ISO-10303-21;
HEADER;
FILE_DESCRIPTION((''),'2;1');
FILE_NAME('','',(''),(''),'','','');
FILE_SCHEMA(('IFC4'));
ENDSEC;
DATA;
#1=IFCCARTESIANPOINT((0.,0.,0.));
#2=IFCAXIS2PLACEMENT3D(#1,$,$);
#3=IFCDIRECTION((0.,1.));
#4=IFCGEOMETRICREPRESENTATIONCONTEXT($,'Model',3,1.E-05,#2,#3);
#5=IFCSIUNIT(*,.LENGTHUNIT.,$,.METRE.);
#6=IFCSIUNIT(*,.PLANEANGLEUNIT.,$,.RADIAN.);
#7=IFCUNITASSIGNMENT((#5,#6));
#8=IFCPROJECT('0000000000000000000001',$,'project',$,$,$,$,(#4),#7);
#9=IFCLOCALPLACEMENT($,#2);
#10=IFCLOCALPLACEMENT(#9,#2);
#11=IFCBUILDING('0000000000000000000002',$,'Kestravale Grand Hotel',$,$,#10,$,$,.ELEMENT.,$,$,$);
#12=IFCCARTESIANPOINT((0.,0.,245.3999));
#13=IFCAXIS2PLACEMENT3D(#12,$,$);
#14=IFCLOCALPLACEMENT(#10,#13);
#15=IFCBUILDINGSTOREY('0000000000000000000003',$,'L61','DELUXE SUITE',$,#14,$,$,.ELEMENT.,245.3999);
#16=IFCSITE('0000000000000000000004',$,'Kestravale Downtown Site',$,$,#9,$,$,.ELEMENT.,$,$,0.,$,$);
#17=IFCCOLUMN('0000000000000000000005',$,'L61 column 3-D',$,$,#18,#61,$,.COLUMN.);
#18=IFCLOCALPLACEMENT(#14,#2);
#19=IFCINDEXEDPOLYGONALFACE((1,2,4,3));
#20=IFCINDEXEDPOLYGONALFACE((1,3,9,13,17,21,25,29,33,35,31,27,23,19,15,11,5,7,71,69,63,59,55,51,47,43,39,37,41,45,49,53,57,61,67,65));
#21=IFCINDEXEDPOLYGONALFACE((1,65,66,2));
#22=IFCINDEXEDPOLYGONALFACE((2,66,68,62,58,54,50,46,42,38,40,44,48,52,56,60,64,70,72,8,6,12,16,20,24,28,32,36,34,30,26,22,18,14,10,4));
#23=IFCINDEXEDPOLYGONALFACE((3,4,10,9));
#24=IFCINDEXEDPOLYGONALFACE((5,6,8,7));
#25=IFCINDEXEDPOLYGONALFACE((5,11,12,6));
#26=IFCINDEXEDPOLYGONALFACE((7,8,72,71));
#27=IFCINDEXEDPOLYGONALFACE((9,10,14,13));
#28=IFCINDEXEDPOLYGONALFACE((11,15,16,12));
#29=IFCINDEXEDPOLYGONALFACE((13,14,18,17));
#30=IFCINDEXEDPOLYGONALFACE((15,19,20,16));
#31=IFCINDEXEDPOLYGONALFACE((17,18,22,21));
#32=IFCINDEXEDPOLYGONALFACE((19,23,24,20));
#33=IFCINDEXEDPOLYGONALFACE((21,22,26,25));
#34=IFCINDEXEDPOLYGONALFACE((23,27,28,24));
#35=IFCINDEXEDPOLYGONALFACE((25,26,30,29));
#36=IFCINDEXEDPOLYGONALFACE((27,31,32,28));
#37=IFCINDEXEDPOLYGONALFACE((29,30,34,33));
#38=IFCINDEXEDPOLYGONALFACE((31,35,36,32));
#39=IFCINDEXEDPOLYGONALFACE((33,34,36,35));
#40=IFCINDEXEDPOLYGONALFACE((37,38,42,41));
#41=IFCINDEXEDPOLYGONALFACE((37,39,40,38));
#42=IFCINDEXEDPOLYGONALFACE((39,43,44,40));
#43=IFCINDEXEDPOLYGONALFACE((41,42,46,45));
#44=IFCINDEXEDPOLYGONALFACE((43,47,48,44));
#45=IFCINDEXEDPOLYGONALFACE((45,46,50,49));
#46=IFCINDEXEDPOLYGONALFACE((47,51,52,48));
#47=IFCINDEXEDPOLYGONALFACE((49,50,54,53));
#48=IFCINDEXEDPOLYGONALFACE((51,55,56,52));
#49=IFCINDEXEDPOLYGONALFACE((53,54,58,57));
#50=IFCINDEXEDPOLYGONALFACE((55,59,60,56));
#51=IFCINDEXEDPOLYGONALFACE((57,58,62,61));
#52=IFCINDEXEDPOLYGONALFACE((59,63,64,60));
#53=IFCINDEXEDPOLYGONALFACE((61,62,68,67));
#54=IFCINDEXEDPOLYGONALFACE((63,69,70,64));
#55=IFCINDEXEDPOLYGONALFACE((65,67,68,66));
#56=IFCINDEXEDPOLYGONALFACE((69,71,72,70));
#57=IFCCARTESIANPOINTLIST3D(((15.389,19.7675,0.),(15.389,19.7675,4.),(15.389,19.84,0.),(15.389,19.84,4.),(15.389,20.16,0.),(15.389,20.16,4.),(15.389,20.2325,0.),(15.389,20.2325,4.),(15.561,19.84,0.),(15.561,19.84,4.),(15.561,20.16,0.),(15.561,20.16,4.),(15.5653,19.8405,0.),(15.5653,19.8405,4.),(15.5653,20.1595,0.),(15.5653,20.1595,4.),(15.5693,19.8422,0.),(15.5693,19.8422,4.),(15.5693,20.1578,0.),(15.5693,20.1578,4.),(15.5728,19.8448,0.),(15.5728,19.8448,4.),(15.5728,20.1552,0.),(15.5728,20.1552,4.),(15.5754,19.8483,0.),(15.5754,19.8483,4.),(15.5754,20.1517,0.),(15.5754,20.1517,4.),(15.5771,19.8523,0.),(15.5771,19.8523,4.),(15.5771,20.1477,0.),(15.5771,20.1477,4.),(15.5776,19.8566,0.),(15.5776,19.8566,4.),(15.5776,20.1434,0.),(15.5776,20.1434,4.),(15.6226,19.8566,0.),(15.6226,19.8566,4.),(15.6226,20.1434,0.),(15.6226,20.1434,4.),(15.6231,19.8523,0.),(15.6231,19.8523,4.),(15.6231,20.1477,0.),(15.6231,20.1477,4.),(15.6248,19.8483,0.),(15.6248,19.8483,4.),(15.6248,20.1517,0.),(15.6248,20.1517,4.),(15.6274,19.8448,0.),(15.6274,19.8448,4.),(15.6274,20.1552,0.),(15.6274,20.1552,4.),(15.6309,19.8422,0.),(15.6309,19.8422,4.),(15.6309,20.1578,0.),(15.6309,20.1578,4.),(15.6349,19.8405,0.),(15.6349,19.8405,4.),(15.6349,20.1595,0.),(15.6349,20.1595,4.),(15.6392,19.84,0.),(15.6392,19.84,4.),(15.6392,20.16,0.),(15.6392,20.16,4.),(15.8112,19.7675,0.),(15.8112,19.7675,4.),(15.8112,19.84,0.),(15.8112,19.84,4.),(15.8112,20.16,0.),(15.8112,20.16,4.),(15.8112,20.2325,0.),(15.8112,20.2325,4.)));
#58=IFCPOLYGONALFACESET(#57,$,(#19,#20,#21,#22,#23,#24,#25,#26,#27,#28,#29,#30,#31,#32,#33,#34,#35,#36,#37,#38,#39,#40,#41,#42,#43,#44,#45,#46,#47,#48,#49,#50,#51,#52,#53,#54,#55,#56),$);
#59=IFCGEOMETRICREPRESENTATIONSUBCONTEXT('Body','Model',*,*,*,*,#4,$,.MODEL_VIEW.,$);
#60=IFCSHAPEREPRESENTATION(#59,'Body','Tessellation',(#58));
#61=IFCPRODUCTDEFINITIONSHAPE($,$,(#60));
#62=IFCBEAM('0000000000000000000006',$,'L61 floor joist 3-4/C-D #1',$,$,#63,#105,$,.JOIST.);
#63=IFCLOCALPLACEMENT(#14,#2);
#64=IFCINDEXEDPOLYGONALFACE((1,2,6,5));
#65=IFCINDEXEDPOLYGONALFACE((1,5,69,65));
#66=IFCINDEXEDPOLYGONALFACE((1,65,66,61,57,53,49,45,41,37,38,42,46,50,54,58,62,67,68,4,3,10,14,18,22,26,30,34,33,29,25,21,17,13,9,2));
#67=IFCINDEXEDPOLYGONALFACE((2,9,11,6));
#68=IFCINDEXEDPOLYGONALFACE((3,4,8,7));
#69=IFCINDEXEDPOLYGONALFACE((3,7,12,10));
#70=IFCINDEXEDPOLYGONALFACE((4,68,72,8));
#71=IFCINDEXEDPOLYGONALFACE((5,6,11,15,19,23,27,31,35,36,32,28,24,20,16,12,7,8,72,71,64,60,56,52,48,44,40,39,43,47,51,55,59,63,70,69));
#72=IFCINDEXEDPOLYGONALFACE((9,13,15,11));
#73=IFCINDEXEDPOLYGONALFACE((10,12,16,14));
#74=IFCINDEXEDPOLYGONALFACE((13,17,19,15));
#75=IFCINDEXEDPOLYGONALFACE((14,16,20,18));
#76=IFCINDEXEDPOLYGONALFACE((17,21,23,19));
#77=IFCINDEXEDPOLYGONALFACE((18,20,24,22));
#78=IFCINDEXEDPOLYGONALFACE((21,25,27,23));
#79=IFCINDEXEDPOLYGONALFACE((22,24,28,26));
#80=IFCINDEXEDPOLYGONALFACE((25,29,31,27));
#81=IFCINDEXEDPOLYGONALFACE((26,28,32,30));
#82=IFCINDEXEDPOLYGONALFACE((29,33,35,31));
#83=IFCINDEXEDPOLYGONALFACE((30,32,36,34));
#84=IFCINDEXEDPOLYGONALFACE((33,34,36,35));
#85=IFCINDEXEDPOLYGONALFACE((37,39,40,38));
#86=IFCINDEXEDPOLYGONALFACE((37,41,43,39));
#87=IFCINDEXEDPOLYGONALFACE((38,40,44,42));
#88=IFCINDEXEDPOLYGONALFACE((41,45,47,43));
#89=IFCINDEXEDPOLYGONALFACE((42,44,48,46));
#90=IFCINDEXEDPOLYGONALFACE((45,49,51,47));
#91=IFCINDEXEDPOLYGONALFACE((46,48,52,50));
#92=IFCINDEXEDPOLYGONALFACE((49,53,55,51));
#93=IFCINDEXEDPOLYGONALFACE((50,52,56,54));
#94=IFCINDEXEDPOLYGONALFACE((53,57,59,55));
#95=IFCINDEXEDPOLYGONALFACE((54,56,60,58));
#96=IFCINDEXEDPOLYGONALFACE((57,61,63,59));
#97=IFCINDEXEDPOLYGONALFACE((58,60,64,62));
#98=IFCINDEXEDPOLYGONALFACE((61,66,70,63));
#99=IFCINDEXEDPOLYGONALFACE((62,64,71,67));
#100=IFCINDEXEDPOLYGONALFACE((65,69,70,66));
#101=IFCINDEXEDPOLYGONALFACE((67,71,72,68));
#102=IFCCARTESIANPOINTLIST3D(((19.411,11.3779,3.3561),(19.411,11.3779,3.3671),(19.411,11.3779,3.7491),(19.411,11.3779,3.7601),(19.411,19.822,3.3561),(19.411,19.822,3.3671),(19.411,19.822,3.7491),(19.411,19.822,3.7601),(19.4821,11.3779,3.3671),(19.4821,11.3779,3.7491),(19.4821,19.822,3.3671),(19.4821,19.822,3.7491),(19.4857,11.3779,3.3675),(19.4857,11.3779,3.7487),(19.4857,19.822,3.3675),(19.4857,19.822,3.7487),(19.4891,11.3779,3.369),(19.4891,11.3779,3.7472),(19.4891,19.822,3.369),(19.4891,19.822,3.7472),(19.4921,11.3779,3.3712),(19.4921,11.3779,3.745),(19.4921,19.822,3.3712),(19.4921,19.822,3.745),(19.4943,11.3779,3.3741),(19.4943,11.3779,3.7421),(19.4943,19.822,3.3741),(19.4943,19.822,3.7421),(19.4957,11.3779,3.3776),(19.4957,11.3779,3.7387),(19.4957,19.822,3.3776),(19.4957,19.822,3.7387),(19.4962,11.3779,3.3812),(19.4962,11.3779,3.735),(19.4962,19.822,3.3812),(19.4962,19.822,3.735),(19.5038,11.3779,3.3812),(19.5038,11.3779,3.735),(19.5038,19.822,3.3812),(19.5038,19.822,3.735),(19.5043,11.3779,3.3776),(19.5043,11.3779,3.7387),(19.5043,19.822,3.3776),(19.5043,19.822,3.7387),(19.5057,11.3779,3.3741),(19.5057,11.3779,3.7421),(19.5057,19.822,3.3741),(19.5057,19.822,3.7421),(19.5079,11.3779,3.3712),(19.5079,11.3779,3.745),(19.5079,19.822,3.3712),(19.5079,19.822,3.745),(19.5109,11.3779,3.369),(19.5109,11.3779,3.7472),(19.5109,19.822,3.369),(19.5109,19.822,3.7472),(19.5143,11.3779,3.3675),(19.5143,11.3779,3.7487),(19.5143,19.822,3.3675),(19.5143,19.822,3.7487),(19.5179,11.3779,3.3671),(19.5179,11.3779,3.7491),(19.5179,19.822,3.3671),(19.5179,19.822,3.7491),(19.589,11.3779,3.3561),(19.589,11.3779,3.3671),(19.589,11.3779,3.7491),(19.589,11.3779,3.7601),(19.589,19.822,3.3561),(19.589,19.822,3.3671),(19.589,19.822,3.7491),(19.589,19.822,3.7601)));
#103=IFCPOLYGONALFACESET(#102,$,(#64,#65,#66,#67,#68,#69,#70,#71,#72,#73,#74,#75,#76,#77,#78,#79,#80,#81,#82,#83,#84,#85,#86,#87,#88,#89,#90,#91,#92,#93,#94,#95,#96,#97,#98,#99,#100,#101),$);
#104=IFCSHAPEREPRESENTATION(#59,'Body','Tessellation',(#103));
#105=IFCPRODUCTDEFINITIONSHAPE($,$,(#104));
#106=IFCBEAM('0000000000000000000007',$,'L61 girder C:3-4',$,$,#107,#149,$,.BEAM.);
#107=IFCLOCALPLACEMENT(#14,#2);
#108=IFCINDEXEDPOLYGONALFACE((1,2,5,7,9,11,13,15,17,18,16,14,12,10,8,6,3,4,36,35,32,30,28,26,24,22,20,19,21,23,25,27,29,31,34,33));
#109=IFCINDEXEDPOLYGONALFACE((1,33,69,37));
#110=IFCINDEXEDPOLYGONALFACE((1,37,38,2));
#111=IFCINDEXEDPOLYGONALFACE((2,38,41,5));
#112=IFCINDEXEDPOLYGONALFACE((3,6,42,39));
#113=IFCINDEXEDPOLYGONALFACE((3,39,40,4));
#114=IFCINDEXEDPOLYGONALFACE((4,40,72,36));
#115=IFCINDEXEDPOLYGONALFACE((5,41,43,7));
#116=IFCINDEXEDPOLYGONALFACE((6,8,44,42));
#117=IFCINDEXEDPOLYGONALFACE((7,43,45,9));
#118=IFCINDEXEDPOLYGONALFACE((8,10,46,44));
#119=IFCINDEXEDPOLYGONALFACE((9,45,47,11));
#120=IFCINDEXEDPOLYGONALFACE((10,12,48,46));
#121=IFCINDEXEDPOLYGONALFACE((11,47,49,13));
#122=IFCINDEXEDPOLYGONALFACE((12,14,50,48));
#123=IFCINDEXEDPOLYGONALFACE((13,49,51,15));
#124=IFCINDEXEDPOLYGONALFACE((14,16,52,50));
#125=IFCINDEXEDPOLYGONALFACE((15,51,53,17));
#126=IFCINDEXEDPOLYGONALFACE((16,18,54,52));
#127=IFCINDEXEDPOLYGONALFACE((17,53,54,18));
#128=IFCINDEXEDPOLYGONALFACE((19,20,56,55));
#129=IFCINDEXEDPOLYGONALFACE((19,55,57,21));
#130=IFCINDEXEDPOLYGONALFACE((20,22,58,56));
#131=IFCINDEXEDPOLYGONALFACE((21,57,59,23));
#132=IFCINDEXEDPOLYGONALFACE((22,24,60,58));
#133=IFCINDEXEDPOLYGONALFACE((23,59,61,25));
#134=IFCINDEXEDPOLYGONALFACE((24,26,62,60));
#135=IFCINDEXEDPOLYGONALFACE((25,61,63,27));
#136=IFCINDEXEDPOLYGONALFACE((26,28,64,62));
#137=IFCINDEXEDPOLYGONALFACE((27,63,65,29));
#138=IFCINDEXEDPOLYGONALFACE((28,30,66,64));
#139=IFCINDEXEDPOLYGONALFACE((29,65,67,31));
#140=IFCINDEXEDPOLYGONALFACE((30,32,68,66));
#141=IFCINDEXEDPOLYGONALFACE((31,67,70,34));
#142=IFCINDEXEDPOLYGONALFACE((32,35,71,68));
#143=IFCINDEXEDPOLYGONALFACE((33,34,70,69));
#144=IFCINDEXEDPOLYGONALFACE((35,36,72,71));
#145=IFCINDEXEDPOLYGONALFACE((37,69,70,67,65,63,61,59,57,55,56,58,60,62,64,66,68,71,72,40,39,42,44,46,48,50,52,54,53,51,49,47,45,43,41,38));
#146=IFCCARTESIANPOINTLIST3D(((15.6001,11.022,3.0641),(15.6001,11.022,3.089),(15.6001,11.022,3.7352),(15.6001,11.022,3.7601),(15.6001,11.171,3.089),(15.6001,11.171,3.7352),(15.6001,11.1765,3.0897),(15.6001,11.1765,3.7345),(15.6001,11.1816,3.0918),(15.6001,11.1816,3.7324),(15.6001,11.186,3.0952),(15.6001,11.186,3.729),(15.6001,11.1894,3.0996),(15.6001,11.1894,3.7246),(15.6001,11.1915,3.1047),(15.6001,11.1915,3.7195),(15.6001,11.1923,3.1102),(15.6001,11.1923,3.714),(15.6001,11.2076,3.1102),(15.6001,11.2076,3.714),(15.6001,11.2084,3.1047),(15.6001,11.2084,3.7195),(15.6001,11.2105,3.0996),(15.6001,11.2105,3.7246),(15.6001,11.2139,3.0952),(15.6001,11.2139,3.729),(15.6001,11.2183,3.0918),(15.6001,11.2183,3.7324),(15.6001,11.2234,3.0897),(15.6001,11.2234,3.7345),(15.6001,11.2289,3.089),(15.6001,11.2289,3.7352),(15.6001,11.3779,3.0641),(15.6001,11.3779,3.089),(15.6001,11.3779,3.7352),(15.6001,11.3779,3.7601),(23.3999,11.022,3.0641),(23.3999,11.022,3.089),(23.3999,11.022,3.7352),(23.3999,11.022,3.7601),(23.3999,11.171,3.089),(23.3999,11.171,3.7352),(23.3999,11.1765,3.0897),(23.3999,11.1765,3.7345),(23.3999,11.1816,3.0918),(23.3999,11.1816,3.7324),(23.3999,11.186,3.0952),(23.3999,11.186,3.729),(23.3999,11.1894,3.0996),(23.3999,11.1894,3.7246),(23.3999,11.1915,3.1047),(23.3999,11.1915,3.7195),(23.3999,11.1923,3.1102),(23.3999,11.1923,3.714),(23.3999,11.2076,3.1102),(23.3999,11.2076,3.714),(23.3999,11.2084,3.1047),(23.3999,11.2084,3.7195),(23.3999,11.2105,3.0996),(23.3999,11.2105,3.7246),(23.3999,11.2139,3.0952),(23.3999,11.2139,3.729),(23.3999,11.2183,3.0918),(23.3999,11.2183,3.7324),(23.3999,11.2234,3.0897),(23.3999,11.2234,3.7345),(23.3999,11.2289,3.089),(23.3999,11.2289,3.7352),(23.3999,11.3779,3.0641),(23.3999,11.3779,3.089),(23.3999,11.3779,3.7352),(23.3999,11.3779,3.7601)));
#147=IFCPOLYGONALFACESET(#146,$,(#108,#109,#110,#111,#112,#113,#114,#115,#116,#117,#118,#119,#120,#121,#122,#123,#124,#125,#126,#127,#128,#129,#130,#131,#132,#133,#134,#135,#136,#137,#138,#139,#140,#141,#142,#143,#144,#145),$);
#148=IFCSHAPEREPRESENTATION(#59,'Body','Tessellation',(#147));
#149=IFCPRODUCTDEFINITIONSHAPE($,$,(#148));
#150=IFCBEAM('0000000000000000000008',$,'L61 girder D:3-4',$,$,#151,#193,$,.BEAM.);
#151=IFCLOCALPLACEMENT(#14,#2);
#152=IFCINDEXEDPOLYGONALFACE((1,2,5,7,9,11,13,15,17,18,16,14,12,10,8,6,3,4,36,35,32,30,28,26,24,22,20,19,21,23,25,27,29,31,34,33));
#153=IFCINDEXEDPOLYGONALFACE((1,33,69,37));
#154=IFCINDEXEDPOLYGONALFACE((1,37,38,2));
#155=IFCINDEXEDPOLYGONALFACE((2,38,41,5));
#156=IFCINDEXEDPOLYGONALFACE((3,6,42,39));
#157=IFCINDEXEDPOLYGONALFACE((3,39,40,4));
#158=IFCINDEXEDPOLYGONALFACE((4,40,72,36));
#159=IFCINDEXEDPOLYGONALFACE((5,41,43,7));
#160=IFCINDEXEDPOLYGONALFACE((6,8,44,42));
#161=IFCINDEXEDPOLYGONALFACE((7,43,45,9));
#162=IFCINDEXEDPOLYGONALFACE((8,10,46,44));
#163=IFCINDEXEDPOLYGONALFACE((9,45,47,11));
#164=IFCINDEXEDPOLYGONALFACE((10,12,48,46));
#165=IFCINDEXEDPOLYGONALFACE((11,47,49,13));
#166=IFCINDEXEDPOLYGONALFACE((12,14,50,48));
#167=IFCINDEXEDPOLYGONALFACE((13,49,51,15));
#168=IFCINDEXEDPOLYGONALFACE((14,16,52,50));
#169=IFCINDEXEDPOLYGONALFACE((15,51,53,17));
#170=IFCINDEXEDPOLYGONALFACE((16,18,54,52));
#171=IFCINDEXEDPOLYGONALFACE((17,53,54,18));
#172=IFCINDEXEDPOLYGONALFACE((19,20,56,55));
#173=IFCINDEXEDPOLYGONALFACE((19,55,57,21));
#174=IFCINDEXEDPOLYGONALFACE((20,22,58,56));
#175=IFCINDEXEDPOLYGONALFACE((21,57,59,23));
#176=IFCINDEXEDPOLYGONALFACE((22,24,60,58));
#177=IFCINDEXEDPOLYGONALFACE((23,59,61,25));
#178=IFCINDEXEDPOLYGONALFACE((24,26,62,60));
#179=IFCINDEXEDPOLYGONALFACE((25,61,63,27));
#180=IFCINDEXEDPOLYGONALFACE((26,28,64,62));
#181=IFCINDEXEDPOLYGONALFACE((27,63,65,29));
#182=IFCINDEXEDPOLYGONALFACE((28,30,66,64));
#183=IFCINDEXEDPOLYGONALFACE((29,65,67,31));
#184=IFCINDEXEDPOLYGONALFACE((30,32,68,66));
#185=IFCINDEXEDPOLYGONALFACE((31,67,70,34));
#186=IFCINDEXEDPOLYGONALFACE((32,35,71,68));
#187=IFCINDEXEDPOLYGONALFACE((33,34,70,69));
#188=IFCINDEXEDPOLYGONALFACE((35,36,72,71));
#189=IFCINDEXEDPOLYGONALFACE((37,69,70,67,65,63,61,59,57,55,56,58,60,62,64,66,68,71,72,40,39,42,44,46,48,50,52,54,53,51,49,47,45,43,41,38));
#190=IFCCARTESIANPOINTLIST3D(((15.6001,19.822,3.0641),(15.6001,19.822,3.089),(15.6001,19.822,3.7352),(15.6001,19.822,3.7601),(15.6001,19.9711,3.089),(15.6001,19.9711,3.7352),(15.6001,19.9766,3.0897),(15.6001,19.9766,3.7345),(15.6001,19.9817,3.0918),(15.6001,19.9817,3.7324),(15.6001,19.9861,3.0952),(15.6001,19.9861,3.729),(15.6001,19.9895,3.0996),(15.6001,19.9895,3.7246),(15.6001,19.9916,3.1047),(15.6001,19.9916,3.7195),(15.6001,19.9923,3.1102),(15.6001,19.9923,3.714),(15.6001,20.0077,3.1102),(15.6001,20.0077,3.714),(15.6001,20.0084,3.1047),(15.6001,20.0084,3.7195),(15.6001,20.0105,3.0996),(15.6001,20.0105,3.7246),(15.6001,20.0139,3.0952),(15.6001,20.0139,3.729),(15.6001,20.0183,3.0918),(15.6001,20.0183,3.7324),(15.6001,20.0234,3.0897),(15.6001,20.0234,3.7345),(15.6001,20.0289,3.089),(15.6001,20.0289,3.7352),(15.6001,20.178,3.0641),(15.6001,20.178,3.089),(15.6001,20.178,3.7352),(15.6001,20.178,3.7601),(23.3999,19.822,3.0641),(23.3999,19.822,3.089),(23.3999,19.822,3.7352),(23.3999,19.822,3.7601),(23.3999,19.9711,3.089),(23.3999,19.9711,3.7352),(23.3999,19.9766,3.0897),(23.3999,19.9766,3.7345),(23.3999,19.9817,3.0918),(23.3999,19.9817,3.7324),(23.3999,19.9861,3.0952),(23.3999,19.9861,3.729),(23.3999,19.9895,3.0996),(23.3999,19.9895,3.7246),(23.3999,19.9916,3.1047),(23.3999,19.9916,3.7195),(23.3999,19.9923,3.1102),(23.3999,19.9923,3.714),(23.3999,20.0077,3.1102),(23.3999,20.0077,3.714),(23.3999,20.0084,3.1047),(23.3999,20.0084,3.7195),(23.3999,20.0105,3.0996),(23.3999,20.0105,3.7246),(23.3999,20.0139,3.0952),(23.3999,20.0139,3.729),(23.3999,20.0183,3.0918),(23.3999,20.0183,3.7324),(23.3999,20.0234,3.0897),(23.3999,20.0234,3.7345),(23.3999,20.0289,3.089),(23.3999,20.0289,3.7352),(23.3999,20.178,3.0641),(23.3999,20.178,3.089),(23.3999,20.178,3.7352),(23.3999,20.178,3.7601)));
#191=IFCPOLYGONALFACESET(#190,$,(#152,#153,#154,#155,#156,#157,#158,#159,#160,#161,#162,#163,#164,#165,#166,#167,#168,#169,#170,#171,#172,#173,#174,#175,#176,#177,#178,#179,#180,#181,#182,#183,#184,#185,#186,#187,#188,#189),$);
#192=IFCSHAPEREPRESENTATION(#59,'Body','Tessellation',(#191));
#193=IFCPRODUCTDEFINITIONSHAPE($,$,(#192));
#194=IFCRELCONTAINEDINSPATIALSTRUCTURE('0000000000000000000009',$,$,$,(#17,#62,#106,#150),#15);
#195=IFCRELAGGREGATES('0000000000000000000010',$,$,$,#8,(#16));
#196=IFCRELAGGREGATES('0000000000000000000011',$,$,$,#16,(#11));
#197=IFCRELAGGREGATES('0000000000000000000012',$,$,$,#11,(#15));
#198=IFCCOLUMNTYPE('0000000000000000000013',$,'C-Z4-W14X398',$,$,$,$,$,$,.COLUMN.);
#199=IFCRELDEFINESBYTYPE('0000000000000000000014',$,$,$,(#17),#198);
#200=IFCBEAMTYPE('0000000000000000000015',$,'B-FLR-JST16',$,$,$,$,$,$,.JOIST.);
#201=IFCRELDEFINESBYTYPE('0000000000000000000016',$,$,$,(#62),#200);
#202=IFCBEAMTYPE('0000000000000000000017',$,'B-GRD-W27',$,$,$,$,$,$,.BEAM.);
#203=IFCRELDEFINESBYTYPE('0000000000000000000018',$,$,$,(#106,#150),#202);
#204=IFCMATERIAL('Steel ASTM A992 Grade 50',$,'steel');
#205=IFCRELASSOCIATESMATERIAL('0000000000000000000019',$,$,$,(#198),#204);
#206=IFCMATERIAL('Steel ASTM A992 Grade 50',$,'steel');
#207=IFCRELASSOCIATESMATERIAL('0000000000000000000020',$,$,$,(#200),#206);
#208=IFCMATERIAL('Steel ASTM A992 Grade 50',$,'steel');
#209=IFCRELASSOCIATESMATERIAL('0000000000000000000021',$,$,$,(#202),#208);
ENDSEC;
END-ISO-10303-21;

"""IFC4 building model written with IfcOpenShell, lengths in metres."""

from ifc_helpers import new_model, si_unit, direction, frame, origin, origin_2d, place, context, subcontext, project, spatial, i_section, extrude, material, material_profile, profile_set, type_object, element, save


model = new_model("IFC4")

# Units and contexts
model_context = context("Model", 3, precision=1e-05, world=origin(), true_north=direction((0.0, 1.0)))
body_context = subcontext(model_context, "Body", "Model", "MODEL_VIEW")
ifc_project = project(units=[si_unit("LENGTHUNIT", "METRE"), si_unit("PLANEANGLEUNIT", "RADIAN")], contexts=[model_context])

# Site, building, storey
site_placement = place(None, origin())
site = spatial("IfcSite", under=ifc_project, at=site_placement, Name="Kestravale Downtown Site", CompositionType="ELEMENT", RefElevation=0.0)
building_placement = place(site_placement, origin())
building = spatial("IfcBuilding", under=site, at=building_placement, Name="Kestravale Grand Hotel", CompositionType="ELEMENT")
storey_placement = place(building_placement, frame((0.0, 0.0, 245.3999)))
storey = spatial("IfcBuildingStorey", under=building, at=storey_placement, Name="L61", Description="DELUXE SUITE", CompositionType="ELEMENT", Elevation=245.3999)

# Column
ifc_material_1 = material(Name="Steel ASTM A992 Grade 50", Category="steel")
ifc_material_profile_1 = material_profile(ifc_material_1, i_section(OverallWidth=0.4221, OverallDepth=0.4651, WebThickness=0.0449, FlangeThickness=0.0725, FilletRadius=0.0166, at=origin_2d()))
ifc_profile_set_1 = profile_set([ifc_material_profile_1], Name="Steel ASTM A992 Grade 50")
column_type = type_object("IfcColumnType", Name="C-Z4-W14X398", PredefinedType="COLUMN", material=ifc_profile_set_1)
column_placement = place(storey_placement, frame((15.6001, 20.0, 0.0), z_axis=(0.0, 0.0, 1.0), x_axis=(1.0, 0.0, 0.0)))
element("IfcColumn", 1, at=column_placement, inside=storey, type_object=column_type, Name="L61 column 3-D", PredefinedType="COLUMN", context=body_context, shape_type="SweptSolid", body=[
    extrude(i_section(OverallWidth=0.4221, OverallDepth=0.4651, WebThickness=0.0449, FlangeThickness=0.0725, FilletRadius=0.0166, at=origin_2d()), origin(), (0.0, 0.0, 1.0), 4.0),
])

# Beams
ifc_material_2 = material(Name="Steel ASTM A992 Grade 50", Category="steel")
ifc_material_profile_2 = material_profile(ifc_material_2, i_section(OverallWidth=0.178, OverallDepth=0.4041, WebThickness=0.0076, FlangeThickness=0.011, FilletRadius=0.0142, at=origin_2d()))
ifc_profile_set_2 = profile_set([ifc_material_profile_2], Name="Steel ASTM A992 Grade 50")
beam_type_1 = type_object("IfcBeamType", Name="B-FLR-JST16", PredefinedType="JOIST", material=ifc_profile_set_2)
beam_placement = place(storey_placement, frame((19.5, 11.3779, 3.5581), z_axis=(0.0, 1.0, 0.0), x_axis=(-1.0, 0.0, 0.0)))
element("IfcBeam", 2, at=beam_placement, inside=storey, type_object=beam_type_1, Name="L61 floor joist 3-4/C-D #1", PredefinedType="JOIST", context=body_context, shape_type="SweptSolid", body=[
    extrude(i_section(OverallWidth=0.178, OverallDepth=0.4041, WebThickness=0.0076, FlangeThickness=0.011, FilletRadius=0.0142, at=origin_2d()), origin(), (0.0, 0.0, 1.0), 8.4441),
])
ifc_material_3 = material(Name="Steel ASTM A992 Grade 50", Category="steel")
ifc_material_profile_3 = material_profile(ifc_material_3, i_section(OverallWidth=0.356, OverallDepth=0.696, WebThickness=0.0154, FlangeThickness=0.0249, FilletRadius=0.0212, at=origin_2d()))
ifc_profile_set_3 = profile_set([ifc_material_profile_3], Name="Steel ASTM A992 Grade 50")
beam_type_2 = type_object("IfcBeamType", Name="B-GRD-W27", PredefinedType="BEAM", material=ifc_profile_set_3)
for number, where, z_axis, x_axis, name in (
    (3, (15.6001, 11.2, 3.4121), (1.0, 0.0, 0.0), (0.0, 1.0, 0.0), "L61 girder C:3-4"),
    (4, (15.6001, 20.0, 3.4121), (1.0, 0.0, 0.0), (0.0, 1.0, 0.0), "L61 girder D:3-4"),
):
    element("IfcBeam", number, at=place(storey_placement, frame(where, z_axis=z_axis, x_axis=x_axis)), inside=storey, type_object=beam_type_2, Name=name, PredefinedType="BEAM", context=body_context, shape_type="SweptSolid", body=[
        extrude(i_section(OverallWidth=0.356, OverallDepth=0.696, WebThickness=0.0154, FlangeThickness=0.0249, FilletRadius=0.0212, at=origin_2d()), origin(), (0.0, 0.0, 1.0), 7.7998),
    ])

save(model, "model.ifc")
